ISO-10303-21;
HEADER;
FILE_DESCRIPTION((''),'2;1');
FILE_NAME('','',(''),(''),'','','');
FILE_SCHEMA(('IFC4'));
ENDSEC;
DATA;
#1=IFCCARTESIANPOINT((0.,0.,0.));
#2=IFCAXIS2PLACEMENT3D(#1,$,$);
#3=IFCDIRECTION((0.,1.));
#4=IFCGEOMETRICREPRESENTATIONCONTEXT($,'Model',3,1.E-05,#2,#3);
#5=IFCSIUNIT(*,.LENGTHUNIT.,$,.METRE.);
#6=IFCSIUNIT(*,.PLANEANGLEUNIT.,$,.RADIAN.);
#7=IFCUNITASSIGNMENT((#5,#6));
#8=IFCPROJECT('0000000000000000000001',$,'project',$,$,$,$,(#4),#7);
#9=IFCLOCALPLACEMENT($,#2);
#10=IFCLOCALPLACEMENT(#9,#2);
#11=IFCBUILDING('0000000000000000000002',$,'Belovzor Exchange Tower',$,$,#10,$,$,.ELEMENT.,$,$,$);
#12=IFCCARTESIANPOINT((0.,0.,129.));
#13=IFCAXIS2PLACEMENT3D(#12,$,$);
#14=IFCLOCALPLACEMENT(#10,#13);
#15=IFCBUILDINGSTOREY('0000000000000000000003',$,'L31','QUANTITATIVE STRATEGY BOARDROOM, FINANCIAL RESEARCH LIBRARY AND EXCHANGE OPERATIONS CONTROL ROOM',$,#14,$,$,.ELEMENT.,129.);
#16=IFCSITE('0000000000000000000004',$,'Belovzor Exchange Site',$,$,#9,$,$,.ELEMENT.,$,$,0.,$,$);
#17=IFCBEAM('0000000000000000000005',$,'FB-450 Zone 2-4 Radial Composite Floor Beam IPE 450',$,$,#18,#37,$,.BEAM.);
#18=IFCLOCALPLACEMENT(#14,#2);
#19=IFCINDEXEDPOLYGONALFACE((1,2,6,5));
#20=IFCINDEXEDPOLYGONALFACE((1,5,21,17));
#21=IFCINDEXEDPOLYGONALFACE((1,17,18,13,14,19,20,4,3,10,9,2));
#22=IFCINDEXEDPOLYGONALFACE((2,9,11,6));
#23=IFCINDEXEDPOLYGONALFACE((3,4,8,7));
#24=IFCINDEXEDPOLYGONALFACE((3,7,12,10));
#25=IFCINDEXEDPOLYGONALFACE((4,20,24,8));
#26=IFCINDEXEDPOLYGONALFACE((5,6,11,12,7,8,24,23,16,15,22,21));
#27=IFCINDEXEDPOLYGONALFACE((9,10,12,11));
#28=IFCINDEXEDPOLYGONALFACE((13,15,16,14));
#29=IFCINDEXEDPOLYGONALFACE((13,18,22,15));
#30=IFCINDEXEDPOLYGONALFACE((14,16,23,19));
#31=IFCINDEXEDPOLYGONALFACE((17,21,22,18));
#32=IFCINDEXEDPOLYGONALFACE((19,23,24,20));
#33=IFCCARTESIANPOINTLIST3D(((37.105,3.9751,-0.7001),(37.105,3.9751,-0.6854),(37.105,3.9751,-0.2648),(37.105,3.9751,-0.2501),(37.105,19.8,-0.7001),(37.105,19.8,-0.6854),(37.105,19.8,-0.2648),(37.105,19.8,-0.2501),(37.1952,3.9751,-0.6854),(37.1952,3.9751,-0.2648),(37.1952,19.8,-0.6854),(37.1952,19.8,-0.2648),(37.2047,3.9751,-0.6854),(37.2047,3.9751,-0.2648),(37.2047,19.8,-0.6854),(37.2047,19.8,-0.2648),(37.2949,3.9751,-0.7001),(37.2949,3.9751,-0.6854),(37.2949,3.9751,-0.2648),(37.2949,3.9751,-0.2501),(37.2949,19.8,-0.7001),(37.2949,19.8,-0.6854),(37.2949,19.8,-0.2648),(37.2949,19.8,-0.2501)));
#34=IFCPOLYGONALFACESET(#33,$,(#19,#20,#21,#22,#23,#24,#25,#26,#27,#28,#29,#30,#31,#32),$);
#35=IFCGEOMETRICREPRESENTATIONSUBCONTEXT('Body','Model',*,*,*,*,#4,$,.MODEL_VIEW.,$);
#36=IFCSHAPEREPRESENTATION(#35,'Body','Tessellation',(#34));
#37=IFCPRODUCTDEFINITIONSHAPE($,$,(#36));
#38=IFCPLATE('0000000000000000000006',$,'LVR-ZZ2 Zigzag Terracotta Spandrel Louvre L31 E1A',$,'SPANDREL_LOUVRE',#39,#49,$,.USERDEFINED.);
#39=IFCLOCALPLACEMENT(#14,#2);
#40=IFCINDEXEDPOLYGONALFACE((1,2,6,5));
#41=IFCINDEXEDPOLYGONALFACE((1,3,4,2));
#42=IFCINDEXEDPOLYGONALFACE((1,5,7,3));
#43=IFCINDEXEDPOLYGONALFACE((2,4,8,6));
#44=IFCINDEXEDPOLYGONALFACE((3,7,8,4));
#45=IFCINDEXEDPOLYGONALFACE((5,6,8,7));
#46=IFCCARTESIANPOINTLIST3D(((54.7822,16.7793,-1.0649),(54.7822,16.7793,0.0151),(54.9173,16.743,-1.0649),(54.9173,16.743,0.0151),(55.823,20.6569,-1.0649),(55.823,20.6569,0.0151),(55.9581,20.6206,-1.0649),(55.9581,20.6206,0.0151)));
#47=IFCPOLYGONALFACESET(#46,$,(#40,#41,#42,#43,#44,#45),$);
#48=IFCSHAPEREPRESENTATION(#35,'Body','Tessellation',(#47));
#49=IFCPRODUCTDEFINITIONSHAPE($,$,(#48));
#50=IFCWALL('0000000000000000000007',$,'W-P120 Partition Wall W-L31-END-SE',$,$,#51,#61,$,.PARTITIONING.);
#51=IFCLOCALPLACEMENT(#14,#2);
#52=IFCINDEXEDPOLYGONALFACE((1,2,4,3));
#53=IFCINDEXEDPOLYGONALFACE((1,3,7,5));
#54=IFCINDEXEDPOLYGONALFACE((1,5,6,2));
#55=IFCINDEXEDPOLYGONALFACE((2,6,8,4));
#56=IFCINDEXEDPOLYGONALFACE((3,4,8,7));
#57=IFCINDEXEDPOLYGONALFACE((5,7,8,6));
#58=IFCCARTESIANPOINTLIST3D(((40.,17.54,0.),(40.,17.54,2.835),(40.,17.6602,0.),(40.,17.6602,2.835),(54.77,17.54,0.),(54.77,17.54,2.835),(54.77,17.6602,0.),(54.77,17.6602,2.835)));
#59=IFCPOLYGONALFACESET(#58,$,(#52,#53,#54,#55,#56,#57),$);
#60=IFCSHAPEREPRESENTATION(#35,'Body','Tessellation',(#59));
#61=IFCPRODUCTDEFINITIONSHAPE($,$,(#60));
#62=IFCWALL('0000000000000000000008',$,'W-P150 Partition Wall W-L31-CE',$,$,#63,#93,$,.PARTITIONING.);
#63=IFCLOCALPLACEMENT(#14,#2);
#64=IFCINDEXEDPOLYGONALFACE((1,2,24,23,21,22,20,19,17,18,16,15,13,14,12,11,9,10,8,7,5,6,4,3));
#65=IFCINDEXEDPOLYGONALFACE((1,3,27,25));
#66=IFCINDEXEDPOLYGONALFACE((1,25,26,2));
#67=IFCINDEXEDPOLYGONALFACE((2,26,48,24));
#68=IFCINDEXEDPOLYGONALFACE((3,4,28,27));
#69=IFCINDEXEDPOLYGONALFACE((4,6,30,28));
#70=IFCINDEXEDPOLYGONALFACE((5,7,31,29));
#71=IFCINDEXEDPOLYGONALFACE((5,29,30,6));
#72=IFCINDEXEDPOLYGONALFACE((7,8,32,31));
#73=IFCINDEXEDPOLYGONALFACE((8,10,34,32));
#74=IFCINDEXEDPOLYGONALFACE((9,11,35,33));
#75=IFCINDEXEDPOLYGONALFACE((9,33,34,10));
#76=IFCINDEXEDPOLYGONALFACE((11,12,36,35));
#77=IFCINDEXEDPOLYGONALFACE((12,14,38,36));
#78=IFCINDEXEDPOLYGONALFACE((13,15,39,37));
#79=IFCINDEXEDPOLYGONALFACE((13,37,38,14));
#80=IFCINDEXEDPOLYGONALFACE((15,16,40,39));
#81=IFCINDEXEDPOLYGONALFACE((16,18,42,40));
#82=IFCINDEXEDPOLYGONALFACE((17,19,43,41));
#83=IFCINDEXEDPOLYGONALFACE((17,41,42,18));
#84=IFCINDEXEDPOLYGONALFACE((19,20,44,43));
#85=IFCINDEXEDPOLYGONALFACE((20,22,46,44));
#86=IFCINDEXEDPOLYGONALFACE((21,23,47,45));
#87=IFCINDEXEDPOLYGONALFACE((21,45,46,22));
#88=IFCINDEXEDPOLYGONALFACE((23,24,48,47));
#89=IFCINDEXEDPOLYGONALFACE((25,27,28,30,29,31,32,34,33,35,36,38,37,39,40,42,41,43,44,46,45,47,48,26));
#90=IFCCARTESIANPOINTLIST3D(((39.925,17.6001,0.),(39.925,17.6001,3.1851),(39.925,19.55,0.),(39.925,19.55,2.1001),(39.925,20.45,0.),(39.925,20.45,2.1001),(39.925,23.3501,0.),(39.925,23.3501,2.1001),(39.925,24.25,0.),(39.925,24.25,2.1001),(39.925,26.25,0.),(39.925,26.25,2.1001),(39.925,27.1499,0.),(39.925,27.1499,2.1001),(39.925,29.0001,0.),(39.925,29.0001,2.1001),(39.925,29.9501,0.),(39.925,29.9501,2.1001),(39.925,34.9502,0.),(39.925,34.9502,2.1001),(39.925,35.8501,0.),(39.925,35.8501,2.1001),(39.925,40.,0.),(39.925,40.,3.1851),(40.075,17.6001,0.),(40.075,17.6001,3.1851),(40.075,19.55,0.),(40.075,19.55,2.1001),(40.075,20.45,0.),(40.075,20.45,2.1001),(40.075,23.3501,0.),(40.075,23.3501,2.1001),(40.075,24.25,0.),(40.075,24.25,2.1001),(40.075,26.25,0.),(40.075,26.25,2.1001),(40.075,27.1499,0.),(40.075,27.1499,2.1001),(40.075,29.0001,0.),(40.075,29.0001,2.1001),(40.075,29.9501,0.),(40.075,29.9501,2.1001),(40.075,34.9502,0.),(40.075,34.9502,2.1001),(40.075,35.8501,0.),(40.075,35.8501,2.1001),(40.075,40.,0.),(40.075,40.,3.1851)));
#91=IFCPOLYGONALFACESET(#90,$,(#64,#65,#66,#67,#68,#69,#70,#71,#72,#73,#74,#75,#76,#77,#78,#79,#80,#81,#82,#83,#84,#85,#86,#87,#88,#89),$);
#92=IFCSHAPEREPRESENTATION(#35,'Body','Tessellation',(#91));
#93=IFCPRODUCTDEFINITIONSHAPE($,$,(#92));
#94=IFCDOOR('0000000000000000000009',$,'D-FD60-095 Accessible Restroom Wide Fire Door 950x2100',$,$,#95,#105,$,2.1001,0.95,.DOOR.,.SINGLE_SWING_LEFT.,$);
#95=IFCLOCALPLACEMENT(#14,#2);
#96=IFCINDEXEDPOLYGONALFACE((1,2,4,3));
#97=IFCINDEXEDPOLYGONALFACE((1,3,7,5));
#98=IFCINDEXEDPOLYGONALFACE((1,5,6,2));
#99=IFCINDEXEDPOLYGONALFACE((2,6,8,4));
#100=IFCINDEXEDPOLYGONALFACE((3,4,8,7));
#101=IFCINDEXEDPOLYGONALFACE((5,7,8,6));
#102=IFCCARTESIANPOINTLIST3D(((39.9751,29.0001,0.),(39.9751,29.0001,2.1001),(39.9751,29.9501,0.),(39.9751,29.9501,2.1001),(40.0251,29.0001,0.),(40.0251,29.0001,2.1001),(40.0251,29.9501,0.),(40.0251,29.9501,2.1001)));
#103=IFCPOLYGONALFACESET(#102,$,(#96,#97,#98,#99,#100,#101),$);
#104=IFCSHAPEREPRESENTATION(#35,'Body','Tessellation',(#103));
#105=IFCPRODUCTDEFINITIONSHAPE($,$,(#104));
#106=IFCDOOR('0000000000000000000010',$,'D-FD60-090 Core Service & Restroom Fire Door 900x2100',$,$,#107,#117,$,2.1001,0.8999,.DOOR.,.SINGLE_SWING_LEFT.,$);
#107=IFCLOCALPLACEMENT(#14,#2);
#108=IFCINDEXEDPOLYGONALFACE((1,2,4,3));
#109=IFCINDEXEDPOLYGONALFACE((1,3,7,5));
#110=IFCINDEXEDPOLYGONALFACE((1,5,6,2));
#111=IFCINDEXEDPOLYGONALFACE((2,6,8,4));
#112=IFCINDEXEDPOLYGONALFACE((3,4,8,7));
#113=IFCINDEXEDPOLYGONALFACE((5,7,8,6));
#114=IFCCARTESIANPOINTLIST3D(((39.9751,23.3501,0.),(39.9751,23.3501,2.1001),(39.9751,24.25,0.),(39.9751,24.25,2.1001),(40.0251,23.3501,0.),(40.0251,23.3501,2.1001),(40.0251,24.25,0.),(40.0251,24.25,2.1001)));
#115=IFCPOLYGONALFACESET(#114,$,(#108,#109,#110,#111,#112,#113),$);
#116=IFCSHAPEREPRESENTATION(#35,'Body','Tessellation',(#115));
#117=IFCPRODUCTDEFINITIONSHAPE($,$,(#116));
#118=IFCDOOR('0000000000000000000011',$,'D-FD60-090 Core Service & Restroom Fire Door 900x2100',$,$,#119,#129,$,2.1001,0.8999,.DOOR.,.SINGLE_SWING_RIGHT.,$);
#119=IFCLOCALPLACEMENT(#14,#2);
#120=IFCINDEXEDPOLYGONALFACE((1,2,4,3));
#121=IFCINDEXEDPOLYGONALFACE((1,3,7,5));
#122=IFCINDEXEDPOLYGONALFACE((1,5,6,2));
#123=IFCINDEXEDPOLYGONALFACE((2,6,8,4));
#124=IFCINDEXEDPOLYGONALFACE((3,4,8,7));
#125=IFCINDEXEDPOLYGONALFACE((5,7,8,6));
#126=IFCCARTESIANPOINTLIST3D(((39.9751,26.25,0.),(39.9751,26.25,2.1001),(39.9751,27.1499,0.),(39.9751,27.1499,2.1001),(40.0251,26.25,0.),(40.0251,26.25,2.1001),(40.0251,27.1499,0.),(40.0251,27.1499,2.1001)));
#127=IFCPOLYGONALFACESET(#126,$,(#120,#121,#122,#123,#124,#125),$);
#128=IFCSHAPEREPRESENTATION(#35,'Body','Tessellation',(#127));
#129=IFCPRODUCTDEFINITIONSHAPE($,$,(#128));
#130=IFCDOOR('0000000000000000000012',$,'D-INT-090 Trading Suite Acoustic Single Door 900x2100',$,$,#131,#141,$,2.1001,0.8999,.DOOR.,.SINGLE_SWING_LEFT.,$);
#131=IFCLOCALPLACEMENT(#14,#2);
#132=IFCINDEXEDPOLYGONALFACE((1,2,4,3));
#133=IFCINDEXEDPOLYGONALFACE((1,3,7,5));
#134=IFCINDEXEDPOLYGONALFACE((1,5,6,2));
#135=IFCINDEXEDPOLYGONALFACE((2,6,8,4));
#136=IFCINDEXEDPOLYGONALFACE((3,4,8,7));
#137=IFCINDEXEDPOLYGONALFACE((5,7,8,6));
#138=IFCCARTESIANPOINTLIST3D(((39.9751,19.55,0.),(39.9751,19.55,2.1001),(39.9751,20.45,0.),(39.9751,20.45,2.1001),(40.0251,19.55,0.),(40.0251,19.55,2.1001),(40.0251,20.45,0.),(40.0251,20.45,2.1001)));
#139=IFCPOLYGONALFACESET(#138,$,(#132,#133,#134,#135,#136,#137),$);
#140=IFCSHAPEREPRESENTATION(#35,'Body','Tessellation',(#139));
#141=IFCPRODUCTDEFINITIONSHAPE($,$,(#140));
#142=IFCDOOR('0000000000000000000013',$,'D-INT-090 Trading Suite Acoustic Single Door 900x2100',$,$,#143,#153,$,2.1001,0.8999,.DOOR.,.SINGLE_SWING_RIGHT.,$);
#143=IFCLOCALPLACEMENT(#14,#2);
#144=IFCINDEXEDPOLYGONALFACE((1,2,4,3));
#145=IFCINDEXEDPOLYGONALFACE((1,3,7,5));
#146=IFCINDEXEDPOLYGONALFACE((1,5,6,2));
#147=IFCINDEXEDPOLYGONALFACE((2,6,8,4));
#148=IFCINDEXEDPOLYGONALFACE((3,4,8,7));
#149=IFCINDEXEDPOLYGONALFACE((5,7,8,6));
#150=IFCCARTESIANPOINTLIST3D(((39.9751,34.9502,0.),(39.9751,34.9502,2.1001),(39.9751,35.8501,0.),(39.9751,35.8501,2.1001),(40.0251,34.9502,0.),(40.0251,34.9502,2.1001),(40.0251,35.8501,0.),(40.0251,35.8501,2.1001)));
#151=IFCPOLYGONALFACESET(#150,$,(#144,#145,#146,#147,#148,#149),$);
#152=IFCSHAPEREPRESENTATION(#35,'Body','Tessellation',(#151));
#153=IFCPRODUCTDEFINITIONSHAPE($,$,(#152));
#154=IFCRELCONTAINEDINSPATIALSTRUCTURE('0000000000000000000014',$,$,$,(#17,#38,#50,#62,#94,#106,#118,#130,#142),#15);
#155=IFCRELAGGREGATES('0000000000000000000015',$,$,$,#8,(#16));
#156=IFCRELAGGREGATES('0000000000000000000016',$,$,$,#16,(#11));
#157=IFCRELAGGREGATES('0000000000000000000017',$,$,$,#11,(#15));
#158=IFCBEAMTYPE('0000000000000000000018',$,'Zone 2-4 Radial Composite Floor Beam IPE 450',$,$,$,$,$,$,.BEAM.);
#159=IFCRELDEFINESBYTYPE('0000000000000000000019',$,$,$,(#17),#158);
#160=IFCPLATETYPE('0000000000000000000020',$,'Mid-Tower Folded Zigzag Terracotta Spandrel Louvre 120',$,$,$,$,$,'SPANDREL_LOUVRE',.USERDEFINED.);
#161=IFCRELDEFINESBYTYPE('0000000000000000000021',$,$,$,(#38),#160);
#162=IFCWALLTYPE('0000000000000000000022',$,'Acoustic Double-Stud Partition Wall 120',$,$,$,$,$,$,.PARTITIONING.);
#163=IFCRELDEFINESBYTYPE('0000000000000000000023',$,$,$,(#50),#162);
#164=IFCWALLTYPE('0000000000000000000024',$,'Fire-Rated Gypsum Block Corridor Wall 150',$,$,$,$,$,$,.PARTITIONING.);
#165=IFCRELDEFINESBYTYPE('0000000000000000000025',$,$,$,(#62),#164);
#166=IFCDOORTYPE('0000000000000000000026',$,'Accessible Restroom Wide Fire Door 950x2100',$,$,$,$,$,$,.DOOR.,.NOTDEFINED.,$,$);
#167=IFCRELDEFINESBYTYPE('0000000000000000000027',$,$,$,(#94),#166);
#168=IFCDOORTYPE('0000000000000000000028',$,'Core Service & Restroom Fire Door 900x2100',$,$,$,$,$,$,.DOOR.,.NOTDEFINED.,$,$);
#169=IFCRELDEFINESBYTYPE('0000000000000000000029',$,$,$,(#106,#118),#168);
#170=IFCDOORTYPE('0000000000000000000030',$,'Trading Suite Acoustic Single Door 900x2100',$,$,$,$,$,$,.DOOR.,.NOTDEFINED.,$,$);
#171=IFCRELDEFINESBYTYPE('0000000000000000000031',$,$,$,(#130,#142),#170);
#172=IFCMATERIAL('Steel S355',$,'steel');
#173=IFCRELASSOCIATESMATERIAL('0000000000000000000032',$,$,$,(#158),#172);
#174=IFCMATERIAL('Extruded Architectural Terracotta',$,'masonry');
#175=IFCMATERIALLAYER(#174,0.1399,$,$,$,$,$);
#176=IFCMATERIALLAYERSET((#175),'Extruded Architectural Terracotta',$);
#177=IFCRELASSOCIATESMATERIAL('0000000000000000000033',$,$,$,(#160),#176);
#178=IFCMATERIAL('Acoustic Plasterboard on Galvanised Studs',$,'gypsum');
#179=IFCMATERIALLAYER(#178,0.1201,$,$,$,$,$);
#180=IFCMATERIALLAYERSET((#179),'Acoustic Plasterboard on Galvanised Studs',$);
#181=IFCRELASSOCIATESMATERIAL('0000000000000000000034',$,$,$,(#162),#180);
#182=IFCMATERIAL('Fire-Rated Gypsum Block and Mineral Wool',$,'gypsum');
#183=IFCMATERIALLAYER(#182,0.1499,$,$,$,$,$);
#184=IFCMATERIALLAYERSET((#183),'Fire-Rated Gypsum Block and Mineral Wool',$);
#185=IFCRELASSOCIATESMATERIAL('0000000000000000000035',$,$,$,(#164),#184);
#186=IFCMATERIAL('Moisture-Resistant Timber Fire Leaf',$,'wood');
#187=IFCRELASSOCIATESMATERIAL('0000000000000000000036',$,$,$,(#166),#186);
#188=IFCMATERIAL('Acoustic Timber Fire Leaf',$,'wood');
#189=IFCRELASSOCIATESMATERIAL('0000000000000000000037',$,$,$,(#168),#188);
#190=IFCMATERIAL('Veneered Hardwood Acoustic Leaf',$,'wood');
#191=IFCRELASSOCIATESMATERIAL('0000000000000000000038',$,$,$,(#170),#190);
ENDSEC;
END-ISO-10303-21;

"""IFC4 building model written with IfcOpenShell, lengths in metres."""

from ifc_helpers import new_model, si_unit, direction, frame, frame_2d, origin, origin_2d, place, context, subcontext, project, spatial, rectangle, i_section, extrude, material, layer, layer_set, material_profile, profile_set, type_object, element, fill, save


model = new_model("IFC4")

# Units and contexts
model_context = context("Model", 3, precision=1e-05, world=origin(), true_north=direction((0.0, 1.0)))
body_context = subcontext(model_context, "Body", "Model", "MODEL_VIEW")
ifc_project = project(units=[si_unit("LENGTHUNIT", "METRE"), si_unit("PLANEANGLEUNIT", "RADIAN")], contexts=[model_context])

# Site, building, storey
site_placement = place(None, origin())
site = spatial("IfcSite", under=ifc_project, at=site_placement, Name="Belovzor Exchange Site", CompositionType="ELEMENT", RefElevation=0.0)
building_placement = place(site_placement, origin())
building = spatial("IfcBuilding", under=site, at=building_placement, Name="Belovzor Exchange Tower", CompositionType="ELEMENT")
storey_placement = place(building_placement, frame((0.0, 0.0, 129.0)))
storey = spatial("IfcBuildingStorey", under=building, at=storey_placement, Name="L31", Description="QUANTITATIVE STRATEGY BOARDROOM, FINANCIAL RESEARCH LIBRARY AND EXCHANGE OPERATIONS CONTROL ROOM", CompositionType="ELEMENT", Elevation=129.0)

# Beam
ifc_material_1 = material(Name="Steel S355", Category="steel")
ifc_material_profile_1 = material_profile(ifc_material_1, i_section(OverallWidth=0.1899, OverallDepth=0.45, WebThickness=0.0095, FlangeThickness=0.0146, at=origin_2d()))
ifc_profile_set_1 = profile_set([ifc_material_profile_1], Name="Steel S355")
beam_type_1 = type_object("IfcBeamType", Name="Zone 2-4 Radial Composite Floor Beam IPE 450", PredefinedType="BEAM", material=ifc_profile_set_1)
beam_1_placement = place(storey_placement, frame((37.2, 19.8, -0.4751), z_axis=(0.0, -1.0, 0.0), x_axis=(1.0, 0.0, 0.0)))
element("IfcBeam", 1, at=beam_1_placement, inside=storey, type_object=beam_type_1, Name="FB-450 Zone 2-4 Radial Composite Floor Beam IPE 450", PredefinedType="BEAM", context=body_context, shape_type="SweptSolid", body=[
    extrude(i_section(OverallWidth=0.1899, OverallDepth=0.45, WebThickness=0.0095, FlangeThickness=0.0146, at=origin_2d()), origin(), (0.0, 0.0, 1.0), 15.825),
])

# Plate
ifc_material_2 = material(Name="Extruded Architectural Terracotta", Category="masonry")
ifc_layer_1 = layer(ifc_material_2, 0.1399)
ifc_layer_set_1 = layer_set([ifc_layer_1], Name="Extruded Architectural Terracotta")
plate_type = type_object("IfcPlateType", Name="Mid-Tower Folded Zigzag Terracotta Spandrel Louvre 120", ElementType="SPANDREL_LOUVRE", PredefinedType="USERDEFINED", material=ifc_layer_set_1)
plate_placement = place(storey_placement, frame((55.3701, 18.7, -1.0649), z_axis=(0.0, 0.0, 1.0), x_axis=(0.25924, 0.965813, 0.0)))
element("IfcPlate", 2, at=plate_placement, inside=storey, type_object=plate_type, Name="LVR-ZZ2 Zigzag Terracotta Spandrel Louvre L31 E1A", ObjectType="SPANDREL_LOUVRE", PredefinedType="USERDEFINED", context=body_context, shape_type="SweptSolid", body=[
    extrude(rectangle(XDim=4.0149, YDim=0.1399, at=origin_2d()), origin(), (0.0, 0.0, 1.0), 1.0801),
])

# Wall
ifc_material_3 = material(Name="Acoustic Plasterboard on Galvanised Studs", Category="gypsum")
ifc_layer_2 = layer(ifc_material_3, 0.1201)
ifc_layer_set_2 = layer_set([ifc_layer_2], Name="Acoustic Plasterboard on Galvanised Studs")
wall_type_1 = type_object("IfcWallType", Name="Acoustic Double-Stud Partition Wall 120", PredefinedType="PARTITIONING", material=ifc_layer_set_2)
wall_1_placement = place(storey_placement, frame((40.0, 17.6001, 0.0), z_axis=(0.0, 0.0, 1.0), x_axis=(1.0, 0.0, 0.0)))
element("IfcWall", 3, at=wall_1_placement, inside=storey, type_object=wall_type_1, Name="W-P120 Partition Wall W-L31-END-SE", PredefinedType="PARTITIONING", context=body_context, shape_type="SweptSolid", body=[
    extrude(rectangle(XDim=14.77, YDim=0.1201, at=frame_2d((7.385, 0.0))), origin(), (0.0, 0.0, 1.0), 2.835),
])

# Wall, openings, doors
ifc_material_4 = material(Name="Fire-Rated Gypsum Block and Mineral Wool", Category="gypsum")
ifc_layer_3 = layer(ifc_material_4, 0.1499)
ifc_layer_set_3 = layer_set([ifc_layer_3], Name="Fire-Rated Gypsum Block and Mineral Wool")
wall_type_2 = type_object("IfcWallType", Name="Fire-Rated Gypsum Block Corridor Wall 150", PredefinedType="PARTITIONING", material=ifc_layer_set_3)
wall_2_placement = place(storey_placement, frame((40.0, 17.6001, 0.0), z_axis=(0.0, 0.0, 1.0), x_axis=(0.0, 1.0, 0.0)))
wall_2 = element("IfcWall", 4, at=wall_2_placement, inside=storey, type_object=wall_type_2, Name="W-P150 Partition Wall W-L31-CE", PredefinedType="PARTITIONING", context=body_context, shape_type="SweptSolid", body=[
    extrude(rectangle(XDim=22.3999, YDim=0.1499, at=frame_2d((11.2, 0.0))), origin(), (0.0, 0.0, 1.0), 3.1851),
])
opening_1_placement = place(wall_2_placement, frame((1.95, 0.0, 0.0)))
opening_1 = element("IfcOpeningElement", 5, at=opening_1_placement, cuts=wall_2, PredefinedType="OPENING", context=body_context, shape_type="SweptSolid", body=[
    extrude(rectangle(XDim=0.8999, YDim=2.1001, at=frame_2d((0.45, 1.05))), frame((0.0, 0.085, 0.0), z_axis=(0.0, -1.0, 0.0), x_axis=(1.0, 0.0, 0.0)), (0.0, 0.0, 1.0), 0.1699),
])
opening_2_placement = place(wall_2_placement, frame((5.75, 0.0, 0.0)))
opening_2 = element("IfcOpeningElement", 6, at=opening_2_placement, cuts=wall_2, PredefinedType="OPENING", context=body_context, shape_type="SweptSolid", body=[
    extrude(rectangle(XDim=0.8999, YDim=2.1001, at=frame_2d((0.45, 1.05))), frame((0.0, 0.085, 0.0), z_axis=(0.0, -1.0, 0.0), x_axis=(1.0, 0.0, 0.0)), (0.0, 0.0, 1.0), 0.1699),
])
opening_3_placement = place(wall_2_placement, frame((8.6499, 0.0, 0.0)))
opening_3 = element("IfcOpeningElement", 7, at=opening_3_placement, cuts=wall_2, PredefinedType="OPENING", context=body_context, shape_type="SweptSolid", body=[
    extrude(rectangle(XDim=0.8999, YDim=2.1001, at=frame_2d((0.45, 1.05))), frame((0.0, 0.085, 0.0), z_axis=(0.0, -1.0, 0.0), x_axis=(1.0, 0.0, 0.0)), (0.0, 0.0, 1.0), 0.1699),
])
opening_4_placement = place(wall_2_placement, frame((11.3999, 0.0, 0.0)))
opening_4 = element("IfcOpeningElement", 8, at=opening_4_placement, cuts=wall_2, PredefinedType="OPENING", context=body_context, shape_type="SweptSolid", body=[
    extrude(rectangle(XDim=0.95, YDim=2.1001, at=frame_2d((0.4751, 1.05))), frame((0.0, 0.085, 0.0), z_axis=(0.0, -1.0, 0.0), x_axis=(1.0, 0.0, 0.0)), (0.0, 0.0, 1.0), 0.1699),
])
opening_5_placement = place(wall_2_placement, frame((17.3501, 0.0, 0.0)))
opening_5 = element("IfcOpeningElement", 9, at=opening_5_placement, cuts=wall_2, PredefinedType="OPENING", context=body_context, shape_type="SweptSolid", body=[
    extrude(rectangle(XDim=0.8999, YDim=2.1001, at=frame_2d((0.45, 1.05))), frame((0.0, 0.085, 0.0), z_axis=(0.0, -1.0, 0.0), x_axis=(1.0, 0.0, 0.0)), (0.0, 0.0, 1.0), 0.1699),
])
ifc_material_5 = material(Name="Moisture-Resistant Timber Fire Leaf", Category="wood")
door_type_1 = type_object("IfcDoorType", Name="Accessible Restroom Wide Fire Door 950x2100", OperationType="NOTDEFINED", PredefinedType="DOOR", material=ifc_material_5)
door_1_placement = place(opening_4_placement, origin())
door_1 = element("IfcDoor", 10, at=door_1_placement, inside=storey, type_object=door_type_1, Name="D-FD60-095 Accessible Restroom Wide Fire Door 950x2100", OperationType="SINGLE_SWING_LEFT", OverallHeight=2.1001, OverallWidth=0.95, PredefinedType="DOOR", context=body_context, shape_type="SweptSolid", body=[
    extrude(rectangle(XDim=0.95, YDim=2.1001, at=frame_2d((0.4751, 1.05))), frame((0.0, 0.0249, 0.0), z_axis=(0.0, -1.0, 0.0), x_axis=(1.0, 0.0, 0.0)), (0.0, 0.0, 1.0), 0.05),
])
fill(opening_4, door_1)
ifc_material_6 = material(Name="Acoustic Timber Fire Leaf", Category="wood")
door_type_2 = type_object("IfcDoorType", Name="Core Service & Restroom Fire Door 900x2100", OperationType="NOTDEFINED", PredefinedType="DOOR", material=ifc_material_6)
door_2_placement = place(opening_2_placement, origin())
door_2 = element("IfcDoor", 11, at=door_2_placement, inside=storey, type_object=door_type_2, Name="D-FD60-090 Core Service & Restroom Fire Door 900x2100", OperationType="SINGLE_SWING_LEFT", OverallHeight=2.1001, OverallWidth=0.8999, PredefinedType="DOOR", context=body_context, shape_type="SweptSolid", body=[
    extrude(rectangle(XDim=0.8999, YDim=2.1001, at=frame_2d((0.45, 1.05))), frame((0.0, 0.0249, 0.0), z_axis=(0.0, -1.0, 0.0), x_axis=(1.0, 0.0, 0.0)), (0.0, 0.0, 1.0), 0.05),
])
fill(opening_2, door_2)
door_3_placement = place(opening_3_placement, origin())
door_3 = element("IfcDoor", 12, at=door_3_placement, inside=storey, type_object=door_type_2, Name="D-FD60-090 Core Service & Restroom Fire Door 900x2100", OperationType="SINGLE_SWING_RIGHT", OverallHeight=2.1001, OverallWidth=0.8999, PredefinedType="DOOR", context=body_context, shape_type="SweptSolid", body=[
    extrude(rectangle(XDim=0.8999, YDim=2.1001, at=frame_2d((0.45, 1.05))), frame((0.0, 0.0249, 0.0), z_axis=(0.0, -1.0, 0.0), x_axis=(1.0, 0.0, 0.0)), (0.0, 0.0, 1.0), 0.05),
])
fill(opening_3, door_3)
ifc_material_7 = material(Name="Veneered Hardwood Acoustic Leaf", Category="wood")
door_type_3 = type_object("IfcDoorType", Name="Trading Suite Acoustic Single Door 900x2100", OperationType="NOTDEFINED", PredefinedType="DOOR", material=ifc_material_7)
door_4_placement = place(opening_1_placement, origin())
door_4 = element("IfcDoor", 13, at=door_4_placement, inside=storey, type_object=door_type_3, Name="D-INT-090 Trading Suite Acoustic Single Door 900x2100", OperationType="SINGLE_SWING_LEFT", OverallHeight=2.1001, OverallWidth=0.8999, PredefinedType="DOOR", context=body_context, shape_type="SweptSolid", body=[
    extrude(rectangle(XDim=0.8999, YDim=2.1001, at=frame_2d((0.45, 1.05))), frame((0.0, 0.0249, 0.0), z_axis=(0.0, -1.0, 0.0), x_axis=(1.0, 0.0, 0.0)), (0.0, 0.0, 1.0), 0.05),
])
fill(opening_1, door_4)
door_5_placement = place(opening_5_placement, origin())
door_5 = element("IfcDoor", 14, at=door_5_placement, inside=storey, type_object=door_type_3, Name="D-INT-090 Trading Suite Acoustic Single Door 900x2100", OperationType="SINGLE_SWING_RIGHT", OverallHeight=2.1001, OverallWidth=0.8999, PredefinedType="DOOR", context=body_context, shape_type="SweptSolid", body=[
    extrude(rectangle(XDim=0.8999, YDim=2.1001, at=frame_2d((0.45, 1.05))), frame((0.0, 0.0249, 0.0), z_axis=(0.0, -1.0, 0.0), x_axis=(1.0, 0.0, 0.0)), (0.0, 0.0, 1.0), 0.05),
])
fill(opening_5, door_5)

save(model, "model.ifc")
